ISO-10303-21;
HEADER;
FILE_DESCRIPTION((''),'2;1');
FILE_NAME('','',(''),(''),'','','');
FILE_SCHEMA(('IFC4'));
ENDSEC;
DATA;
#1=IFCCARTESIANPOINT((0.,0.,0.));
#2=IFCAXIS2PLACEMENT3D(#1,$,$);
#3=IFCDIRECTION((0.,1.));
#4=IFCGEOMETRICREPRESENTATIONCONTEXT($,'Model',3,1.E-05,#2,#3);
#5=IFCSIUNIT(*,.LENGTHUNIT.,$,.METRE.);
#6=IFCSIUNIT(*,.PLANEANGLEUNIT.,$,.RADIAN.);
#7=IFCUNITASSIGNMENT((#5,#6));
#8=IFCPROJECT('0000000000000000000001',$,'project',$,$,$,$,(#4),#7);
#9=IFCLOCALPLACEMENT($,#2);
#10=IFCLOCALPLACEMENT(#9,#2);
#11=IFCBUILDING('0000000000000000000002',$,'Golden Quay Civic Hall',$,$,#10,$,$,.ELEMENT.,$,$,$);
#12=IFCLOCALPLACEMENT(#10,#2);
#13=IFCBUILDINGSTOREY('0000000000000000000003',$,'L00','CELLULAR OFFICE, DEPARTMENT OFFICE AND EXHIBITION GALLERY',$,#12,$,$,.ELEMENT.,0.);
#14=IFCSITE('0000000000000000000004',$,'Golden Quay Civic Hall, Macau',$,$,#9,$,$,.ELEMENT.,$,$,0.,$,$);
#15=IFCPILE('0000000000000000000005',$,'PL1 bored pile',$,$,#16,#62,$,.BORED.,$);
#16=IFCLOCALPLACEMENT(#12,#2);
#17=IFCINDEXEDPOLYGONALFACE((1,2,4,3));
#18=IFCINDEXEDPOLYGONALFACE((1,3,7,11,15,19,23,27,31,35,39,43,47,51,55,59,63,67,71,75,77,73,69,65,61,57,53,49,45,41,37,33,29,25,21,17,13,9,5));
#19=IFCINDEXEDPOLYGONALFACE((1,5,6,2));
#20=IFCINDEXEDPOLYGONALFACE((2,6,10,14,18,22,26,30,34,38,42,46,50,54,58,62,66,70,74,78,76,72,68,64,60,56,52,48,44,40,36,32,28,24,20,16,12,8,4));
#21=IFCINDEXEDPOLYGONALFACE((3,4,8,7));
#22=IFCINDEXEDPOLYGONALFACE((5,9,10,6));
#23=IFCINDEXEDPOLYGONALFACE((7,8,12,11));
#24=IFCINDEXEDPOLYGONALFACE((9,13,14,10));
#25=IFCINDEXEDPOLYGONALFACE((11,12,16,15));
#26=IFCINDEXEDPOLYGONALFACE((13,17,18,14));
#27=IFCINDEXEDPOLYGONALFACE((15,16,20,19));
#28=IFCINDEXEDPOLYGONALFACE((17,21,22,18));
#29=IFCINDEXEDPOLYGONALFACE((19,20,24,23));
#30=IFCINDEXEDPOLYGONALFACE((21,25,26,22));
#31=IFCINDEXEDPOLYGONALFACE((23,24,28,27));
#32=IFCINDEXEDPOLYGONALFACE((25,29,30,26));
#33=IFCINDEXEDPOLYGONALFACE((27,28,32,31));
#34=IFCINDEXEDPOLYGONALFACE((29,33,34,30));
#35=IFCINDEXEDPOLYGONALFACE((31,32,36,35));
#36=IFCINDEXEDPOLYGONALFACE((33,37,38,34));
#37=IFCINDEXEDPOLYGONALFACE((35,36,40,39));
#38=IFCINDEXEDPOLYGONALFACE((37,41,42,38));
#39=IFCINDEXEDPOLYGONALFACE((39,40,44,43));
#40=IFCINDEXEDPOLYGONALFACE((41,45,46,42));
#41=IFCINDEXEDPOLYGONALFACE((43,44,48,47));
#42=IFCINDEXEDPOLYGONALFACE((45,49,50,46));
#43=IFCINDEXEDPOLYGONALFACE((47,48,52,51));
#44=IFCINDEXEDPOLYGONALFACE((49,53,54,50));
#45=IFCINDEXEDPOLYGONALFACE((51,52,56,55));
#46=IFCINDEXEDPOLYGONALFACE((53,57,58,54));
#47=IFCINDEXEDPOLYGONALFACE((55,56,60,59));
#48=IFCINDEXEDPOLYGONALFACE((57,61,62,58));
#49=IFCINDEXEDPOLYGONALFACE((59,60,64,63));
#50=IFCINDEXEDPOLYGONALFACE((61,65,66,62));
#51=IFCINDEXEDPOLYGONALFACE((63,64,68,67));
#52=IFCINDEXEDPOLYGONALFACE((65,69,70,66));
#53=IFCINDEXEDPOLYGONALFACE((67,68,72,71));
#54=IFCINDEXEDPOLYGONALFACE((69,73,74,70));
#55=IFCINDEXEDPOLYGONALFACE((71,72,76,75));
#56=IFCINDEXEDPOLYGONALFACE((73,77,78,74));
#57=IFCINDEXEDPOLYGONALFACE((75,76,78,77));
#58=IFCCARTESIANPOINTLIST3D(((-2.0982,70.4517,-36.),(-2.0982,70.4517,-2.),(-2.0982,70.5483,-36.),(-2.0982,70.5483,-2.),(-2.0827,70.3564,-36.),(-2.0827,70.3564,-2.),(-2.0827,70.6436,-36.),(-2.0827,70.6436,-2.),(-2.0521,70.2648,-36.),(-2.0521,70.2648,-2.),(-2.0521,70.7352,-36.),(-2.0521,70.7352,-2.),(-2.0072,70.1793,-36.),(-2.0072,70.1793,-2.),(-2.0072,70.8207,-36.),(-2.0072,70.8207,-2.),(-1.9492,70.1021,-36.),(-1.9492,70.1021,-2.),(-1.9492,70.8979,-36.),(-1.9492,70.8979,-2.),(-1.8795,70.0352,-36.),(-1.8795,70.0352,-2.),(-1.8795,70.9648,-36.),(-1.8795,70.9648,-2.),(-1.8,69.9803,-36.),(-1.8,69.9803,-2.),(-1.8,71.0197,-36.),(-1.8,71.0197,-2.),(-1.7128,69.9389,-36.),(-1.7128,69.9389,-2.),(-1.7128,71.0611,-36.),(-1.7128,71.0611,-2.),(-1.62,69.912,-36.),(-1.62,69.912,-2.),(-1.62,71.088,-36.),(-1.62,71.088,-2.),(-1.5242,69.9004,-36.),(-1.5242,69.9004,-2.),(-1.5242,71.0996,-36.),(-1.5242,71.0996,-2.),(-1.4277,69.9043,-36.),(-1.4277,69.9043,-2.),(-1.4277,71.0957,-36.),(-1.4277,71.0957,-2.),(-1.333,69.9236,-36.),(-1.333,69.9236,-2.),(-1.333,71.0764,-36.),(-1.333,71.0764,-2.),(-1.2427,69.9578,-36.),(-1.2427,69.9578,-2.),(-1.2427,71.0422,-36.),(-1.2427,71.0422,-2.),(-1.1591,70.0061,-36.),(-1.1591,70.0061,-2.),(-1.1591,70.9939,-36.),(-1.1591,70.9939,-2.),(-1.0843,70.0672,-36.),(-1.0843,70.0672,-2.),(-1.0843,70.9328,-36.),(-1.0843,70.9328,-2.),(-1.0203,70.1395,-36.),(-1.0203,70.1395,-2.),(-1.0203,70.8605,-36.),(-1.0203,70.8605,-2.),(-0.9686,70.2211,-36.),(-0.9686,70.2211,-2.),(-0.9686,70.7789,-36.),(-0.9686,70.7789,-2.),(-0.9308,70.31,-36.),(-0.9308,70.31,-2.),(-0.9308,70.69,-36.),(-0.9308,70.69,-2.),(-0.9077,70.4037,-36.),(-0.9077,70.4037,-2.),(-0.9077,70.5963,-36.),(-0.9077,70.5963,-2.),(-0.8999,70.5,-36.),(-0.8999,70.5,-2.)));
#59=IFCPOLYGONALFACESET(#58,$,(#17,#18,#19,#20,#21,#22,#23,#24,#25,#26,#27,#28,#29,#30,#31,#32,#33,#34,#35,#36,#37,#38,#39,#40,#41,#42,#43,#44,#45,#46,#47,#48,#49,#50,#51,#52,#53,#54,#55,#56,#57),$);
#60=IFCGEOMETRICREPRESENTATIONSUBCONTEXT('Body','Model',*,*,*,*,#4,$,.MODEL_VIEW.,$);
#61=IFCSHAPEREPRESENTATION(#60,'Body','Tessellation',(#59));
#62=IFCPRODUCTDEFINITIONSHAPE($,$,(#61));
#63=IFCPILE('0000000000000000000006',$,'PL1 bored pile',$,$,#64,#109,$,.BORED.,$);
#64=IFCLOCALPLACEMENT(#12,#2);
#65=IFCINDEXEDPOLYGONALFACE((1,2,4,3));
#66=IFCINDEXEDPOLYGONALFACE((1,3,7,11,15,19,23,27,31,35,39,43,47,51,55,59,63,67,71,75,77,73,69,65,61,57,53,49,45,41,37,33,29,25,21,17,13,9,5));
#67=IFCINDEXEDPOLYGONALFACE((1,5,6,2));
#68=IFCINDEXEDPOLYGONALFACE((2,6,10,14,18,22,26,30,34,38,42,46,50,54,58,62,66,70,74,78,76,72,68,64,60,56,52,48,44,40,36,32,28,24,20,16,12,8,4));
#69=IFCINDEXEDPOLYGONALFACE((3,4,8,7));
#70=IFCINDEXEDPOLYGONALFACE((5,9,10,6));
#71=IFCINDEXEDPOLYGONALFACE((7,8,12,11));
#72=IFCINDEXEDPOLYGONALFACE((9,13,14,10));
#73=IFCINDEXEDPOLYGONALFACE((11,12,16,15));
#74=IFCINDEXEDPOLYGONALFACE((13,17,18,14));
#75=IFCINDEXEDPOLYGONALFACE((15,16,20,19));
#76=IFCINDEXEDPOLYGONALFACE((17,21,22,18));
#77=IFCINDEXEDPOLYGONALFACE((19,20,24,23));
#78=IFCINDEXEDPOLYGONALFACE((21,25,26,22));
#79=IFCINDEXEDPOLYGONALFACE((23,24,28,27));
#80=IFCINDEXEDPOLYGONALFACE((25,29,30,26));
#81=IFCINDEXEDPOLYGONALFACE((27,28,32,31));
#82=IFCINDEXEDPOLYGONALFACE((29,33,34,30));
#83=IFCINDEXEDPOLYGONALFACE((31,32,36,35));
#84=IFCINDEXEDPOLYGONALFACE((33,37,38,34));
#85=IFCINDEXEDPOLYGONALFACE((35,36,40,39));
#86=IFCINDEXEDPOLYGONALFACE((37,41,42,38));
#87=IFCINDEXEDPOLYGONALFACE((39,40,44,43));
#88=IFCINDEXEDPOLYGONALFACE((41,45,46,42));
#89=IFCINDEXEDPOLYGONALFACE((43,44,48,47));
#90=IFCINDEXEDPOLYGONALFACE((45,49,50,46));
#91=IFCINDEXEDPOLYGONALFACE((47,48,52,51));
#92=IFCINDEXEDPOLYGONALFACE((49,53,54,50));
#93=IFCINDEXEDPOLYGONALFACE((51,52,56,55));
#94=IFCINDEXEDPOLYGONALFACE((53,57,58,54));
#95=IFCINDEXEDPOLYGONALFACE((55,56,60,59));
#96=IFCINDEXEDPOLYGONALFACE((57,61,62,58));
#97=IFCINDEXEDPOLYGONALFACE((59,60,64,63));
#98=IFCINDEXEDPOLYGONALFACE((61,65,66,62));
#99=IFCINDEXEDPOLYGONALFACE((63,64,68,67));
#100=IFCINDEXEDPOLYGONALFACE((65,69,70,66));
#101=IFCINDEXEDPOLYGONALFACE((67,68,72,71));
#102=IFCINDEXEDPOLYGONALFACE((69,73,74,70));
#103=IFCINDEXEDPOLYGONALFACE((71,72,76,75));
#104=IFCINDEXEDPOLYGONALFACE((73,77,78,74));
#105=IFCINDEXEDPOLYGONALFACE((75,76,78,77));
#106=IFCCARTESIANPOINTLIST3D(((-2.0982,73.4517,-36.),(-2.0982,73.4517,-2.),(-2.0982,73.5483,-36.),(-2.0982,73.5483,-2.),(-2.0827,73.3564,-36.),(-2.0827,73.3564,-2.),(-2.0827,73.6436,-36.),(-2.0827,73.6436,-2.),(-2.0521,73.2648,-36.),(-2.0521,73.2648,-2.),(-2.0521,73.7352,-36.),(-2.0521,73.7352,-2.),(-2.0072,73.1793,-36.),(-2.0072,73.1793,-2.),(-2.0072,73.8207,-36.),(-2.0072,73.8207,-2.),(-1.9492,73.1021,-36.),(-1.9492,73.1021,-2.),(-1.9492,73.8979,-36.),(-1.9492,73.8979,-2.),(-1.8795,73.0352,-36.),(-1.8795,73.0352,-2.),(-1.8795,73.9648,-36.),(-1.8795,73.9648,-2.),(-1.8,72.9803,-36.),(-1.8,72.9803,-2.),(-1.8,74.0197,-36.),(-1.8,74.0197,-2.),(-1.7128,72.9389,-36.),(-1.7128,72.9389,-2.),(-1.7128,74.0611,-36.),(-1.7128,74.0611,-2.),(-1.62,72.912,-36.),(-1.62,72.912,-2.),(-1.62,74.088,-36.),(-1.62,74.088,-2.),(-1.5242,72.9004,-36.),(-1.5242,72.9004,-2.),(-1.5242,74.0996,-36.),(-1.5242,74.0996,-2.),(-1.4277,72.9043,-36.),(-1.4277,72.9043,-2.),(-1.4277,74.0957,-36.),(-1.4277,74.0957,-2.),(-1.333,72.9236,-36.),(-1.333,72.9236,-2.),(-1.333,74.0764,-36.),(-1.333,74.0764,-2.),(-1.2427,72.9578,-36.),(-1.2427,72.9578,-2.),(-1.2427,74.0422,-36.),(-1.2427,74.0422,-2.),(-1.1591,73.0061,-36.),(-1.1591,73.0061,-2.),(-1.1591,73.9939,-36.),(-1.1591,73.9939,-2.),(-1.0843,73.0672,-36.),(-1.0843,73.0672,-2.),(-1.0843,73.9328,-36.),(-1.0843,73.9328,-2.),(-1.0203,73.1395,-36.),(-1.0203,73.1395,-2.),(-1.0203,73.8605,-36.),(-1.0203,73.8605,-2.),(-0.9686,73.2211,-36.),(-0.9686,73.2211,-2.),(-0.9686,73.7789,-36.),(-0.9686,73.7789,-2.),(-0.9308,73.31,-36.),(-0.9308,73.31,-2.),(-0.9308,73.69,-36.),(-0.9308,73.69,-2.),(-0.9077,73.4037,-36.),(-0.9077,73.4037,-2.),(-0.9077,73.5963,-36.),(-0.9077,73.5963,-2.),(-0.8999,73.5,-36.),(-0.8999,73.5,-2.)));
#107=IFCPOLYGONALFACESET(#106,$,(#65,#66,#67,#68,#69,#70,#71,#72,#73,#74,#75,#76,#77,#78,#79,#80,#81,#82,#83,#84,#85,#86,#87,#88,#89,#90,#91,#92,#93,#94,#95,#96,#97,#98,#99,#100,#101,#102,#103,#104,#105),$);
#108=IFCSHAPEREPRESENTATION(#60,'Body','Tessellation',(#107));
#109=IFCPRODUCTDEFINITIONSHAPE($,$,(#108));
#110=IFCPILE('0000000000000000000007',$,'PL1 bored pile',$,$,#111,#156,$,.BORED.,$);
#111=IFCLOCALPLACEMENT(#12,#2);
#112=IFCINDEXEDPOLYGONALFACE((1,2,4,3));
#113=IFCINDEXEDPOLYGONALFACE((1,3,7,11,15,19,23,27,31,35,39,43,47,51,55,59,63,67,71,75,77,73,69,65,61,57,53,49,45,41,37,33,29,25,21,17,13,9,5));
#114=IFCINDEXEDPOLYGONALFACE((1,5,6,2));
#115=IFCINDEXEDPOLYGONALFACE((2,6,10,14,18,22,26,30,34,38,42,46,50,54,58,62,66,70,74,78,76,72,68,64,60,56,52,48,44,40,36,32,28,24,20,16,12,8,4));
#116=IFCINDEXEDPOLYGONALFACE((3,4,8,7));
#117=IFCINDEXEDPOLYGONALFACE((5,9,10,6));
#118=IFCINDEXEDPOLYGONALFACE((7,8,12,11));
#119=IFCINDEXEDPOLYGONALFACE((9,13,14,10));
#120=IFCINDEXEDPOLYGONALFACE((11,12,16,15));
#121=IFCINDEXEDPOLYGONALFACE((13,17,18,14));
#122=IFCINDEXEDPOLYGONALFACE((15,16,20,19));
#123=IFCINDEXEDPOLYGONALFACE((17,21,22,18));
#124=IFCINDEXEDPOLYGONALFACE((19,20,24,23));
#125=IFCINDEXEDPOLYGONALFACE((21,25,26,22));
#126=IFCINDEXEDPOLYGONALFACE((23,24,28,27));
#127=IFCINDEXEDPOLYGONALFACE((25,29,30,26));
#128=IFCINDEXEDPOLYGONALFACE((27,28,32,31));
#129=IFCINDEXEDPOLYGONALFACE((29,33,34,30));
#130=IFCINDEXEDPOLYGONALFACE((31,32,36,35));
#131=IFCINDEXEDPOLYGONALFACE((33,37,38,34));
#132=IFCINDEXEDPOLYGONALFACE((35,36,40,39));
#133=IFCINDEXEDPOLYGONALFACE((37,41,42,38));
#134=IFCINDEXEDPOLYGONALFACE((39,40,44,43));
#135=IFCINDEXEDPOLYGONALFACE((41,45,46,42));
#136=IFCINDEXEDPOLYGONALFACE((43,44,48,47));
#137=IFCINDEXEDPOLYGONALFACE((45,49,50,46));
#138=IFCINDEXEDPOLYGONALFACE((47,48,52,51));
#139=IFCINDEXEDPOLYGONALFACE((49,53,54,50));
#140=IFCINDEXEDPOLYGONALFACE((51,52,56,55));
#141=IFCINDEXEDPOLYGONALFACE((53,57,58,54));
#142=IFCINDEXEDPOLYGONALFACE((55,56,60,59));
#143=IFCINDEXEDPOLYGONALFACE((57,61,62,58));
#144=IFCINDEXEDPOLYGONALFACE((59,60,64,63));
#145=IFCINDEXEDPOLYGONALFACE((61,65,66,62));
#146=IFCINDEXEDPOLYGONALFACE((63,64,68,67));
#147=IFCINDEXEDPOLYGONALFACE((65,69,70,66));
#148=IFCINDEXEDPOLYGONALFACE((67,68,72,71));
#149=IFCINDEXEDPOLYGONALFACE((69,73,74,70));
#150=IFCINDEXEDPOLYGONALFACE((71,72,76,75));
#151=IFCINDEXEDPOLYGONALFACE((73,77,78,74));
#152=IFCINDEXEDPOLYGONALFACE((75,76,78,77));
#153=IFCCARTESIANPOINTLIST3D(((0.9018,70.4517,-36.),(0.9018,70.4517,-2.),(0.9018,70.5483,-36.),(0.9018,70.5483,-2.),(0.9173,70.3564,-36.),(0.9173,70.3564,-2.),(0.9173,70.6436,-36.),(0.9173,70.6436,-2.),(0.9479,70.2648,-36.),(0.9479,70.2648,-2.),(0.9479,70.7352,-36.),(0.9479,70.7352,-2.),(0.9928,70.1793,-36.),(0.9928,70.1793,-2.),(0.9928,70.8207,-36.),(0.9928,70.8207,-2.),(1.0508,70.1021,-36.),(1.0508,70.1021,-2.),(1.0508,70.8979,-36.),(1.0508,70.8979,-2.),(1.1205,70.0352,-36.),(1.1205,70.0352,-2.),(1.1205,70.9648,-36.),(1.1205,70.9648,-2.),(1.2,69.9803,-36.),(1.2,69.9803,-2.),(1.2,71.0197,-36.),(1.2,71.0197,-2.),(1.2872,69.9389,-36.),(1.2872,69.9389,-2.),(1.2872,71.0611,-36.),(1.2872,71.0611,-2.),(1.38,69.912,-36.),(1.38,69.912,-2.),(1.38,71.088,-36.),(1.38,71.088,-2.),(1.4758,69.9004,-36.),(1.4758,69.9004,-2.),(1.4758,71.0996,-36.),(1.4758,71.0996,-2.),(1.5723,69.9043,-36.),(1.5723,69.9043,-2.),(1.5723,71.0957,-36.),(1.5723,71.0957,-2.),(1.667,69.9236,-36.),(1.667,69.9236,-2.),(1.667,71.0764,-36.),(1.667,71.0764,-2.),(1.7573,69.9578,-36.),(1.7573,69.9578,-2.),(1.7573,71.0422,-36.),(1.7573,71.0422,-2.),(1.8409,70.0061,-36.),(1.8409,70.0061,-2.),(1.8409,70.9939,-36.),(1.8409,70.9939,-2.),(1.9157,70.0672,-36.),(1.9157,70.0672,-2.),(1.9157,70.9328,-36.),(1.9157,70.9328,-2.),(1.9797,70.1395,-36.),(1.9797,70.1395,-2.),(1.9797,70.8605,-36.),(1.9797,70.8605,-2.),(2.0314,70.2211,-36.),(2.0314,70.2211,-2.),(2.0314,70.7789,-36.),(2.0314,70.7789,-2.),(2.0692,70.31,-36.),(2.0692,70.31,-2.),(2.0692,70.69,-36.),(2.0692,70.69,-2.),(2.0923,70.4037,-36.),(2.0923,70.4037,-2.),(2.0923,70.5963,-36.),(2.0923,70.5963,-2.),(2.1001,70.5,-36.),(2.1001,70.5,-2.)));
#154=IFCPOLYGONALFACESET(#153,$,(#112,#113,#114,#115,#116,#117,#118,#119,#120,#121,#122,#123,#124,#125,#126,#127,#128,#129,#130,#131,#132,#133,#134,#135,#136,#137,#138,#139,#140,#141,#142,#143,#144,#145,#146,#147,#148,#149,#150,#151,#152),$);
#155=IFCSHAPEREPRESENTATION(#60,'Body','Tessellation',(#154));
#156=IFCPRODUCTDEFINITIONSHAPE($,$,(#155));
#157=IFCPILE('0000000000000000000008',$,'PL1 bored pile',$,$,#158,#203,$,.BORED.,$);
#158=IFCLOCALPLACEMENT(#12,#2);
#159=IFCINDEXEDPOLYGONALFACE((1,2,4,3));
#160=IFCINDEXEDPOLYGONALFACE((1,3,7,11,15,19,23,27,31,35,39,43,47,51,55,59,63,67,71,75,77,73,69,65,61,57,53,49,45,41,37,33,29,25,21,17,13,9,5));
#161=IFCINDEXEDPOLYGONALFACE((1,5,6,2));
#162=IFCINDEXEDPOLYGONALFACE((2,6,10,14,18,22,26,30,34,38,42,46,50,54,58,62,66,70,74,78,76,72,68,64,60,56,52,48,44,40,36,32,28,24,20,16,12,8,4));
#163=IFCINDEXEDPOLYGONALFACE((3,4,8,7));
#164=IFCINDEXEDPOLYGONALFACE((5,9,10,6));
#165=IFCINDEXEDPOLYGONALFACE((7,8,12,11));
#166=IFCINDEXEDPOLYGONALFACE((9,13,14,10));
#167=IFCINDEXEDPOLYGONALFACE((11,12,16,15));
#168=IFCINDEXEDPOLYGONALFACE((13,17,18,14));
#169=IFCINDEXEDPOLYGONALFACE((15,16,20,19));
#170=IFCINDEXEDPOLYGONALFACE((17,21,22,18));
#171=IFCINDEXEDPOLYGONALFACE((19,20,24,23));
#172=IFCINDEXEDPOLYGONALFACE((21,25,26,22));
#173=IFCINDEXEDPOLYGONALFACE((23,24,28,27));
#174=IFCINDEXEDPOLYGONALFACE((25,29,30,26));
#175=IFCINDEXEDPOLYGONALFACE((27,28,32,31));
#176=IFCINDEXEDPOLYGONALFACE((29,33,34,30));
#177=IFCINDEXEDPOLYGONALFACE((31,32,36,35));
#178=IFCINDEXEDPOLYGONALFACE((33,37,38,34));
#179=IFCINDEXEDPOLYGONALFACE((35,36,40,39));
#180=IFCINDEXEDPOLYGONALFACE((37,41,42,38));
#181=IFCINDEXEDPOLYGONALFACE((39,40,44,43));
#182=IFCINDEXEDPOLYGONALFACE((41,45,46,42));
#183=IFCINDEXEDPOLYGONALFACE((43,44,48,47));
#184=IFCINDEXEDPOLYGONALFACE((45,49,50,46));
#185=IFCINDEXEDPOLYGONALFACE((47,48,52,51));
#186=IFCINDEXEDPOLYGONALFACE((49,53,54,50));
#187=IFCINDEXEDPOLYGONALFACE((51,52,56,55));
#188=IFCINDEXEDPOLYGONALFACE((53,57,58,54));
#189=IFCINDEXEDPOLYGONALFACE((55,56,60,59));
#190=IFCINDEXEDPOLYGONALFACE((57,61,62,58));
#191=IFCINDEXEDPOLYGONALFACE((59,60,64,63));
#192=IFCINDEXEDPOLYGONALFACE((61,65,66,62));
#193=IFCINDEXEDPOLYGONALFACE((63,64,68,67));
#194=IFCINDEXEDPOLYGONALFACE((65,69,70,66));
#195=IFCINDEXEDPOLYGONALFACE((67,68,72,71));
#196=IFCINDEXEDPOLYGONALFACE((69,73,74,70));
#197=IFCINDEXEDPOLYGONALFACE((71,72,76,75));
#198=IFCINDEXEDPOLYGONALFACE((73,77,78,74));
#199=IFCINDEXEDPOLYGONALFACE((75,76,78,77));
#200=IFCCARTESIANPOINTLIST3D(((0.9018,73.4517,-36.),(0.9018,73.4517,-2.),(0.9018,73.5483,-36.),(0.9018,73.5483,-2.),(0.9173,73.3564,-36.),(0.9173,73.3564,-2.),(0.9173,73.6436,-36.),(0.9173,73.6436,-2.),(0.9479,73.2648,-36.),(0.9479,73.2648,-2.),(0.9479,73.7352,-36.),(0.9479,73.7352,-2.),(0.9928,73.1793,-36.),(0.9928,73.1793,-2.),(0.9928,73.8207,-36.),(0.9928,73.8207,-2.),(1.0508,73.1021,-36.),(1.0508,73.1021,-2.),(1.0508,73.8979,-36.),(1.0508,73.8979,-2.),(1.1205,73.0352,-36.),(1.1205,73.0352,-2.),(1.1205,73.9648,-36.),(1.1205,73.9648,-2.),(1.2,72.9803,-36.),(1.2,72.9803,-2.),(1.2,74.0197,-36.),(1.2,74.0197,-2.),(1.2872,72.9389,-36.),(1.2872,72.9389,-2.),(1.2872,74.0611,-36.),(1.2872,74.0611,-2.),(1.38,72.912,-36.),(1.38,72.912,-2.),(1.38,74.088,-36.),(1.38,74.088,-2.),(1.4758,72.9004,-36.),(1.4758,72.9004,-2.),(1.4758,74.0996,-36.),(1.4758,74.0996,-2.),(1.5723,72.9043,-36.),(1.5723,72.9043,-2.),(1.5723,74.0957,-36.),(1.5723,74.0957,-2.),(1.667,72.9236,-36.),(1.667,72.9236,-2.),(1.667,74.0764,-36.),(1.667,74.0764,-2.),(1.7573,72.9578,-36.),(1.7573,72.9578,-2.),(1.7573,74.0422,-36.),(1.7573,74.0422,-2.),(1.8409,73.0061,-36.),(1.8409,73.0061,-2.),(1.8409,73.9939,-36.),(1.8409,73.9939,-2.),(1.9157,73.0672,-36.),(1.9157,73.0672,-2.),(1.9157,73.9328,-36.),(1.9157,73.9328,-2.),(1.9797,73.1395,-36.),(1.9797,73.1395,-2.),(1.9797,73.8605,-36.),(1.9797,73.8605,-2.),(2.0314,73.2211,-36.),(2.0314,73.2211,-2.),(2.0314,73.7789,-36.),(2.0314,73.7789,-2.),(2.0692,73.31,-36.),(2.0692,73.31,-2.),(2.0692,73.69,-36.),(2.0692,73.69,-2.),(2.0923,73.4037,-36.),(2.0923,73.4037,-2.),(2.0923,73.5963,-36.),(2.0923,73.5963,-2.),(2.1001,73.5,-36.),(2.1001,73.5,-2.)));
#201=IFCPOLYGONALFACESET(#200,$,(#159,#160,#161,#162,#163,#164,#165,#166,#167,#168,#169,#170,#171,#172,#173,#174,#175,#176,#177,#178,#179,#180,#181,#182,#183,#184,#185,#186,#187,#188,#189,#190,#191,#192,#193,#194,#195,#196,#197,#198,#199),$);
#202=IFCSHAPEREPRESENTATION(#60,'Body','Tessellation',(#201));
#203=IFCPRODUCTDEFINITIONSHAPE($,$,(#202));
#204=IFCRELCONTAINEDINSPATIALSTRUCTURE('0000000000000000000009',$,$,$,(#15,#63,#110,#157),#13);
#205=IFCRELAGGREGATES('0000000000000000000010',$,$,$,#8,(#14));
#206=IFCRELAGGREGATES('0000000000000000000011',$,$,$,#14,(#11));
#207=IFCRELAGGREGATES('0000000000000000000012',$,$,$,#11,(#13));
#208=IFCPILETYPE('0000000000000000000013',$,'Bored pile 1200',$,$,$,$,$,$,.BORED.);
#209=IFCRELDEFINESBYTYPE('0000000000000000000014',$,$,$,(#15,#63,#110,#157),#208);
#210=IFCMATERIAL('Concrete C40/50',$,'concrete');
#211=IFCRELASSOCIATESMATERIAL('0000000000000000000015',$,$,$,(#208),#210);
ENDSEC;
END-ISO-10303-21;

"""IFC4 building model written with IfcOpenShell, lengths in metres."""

from ifc_helpers import new_model, si_unit, direction, frame, origin, origin_2d, place, context, subcontext, project, spatial, circle, extrude, material, material_profile, profile_set, type_object, element, save


model = new_model("IFC4")

# Units and contexts
model_context = context("Model", 3, precision=1e-05, world=origin(), true_north=direction((0.0, 1.0)))
body_context = subcontext(model_context, "Body", "Model", "MODEL_VIEW")
ifc_project = project(units=[si_unit("LENGTHUNIT", "METRE"), si_unit("PLANEANGLEUNIT", "RADIAN")], contexts=[model_context])

# Site, building, storey
site_placement = place(None, origin())
site = spatial("IfcSite", under=ifc_project, at=site_placement, Name="Golden Quay Civic Hall, Macau", CompositionType="ELEMENT", RefElevation=0.0)
building_placement = place(site_placement, origin())
building = spatial("IfcBuilding", under=site, at=building_placement, Name="Golden Quay Civic Hall", CompositionType="ELEMENT")
storey_placement = place(building_placement, origin())
storey = spatial("IfcBuildingStorey", under=building, at=storey_placement, Name="L00", Description="CELLULAR OFFICE, DEPARTMENT OFFICE AND EXHIBITION GALLERY", CompositionType="ELEMENT", Elevation=0.0)

# Piles
ifc_material_1 = material(Name="Concrete C40/50", Category="concrete")
ifc_material_profile_1 = material_profile(ifc_material_1, circle(Radius=0.6001, at=origin_2d()), Name="RC D1200")
ifc_profile_set_1 = profile_set([ifc_material_profile_1], Name="Concrete C40/50")
pile_type = type_object("IfcPileType", Name="Bored pile 1200", PredefinedType="BORED", material=ifc_profile_set_1)
for number, where, z_axis, x_axis, name in (
    (1, (-1.5, 70.5, -2.0), (0.0, 0.0, -1.0), (1.0, 0.0, 0.0), "PL1 bored pile"),
    (2, (-1.5, 73.5, -2.0), (0.0, 0.0, -1.0), (1.0, 0.0, 0.0), "PL1 bored pile"),
    (3, (1.5, 70.5, -2.0), (0.0, 0.0, -1.0), (1.0, 0.0, 0.0), "PL1 bored pile"),
    (4, (1.5, 73.5, -2.0), (0.0, 0.0, -1.0), (1.0, 0.0, 0.0), "PL1 bored pile"),
):
    element("IfcPile", number, at=place(storey_placement, frame(where, z_axis=z_axis, x_axis=x_axis)), inside=storey, type_object=pile_type, Name=name, PredefinedType="BORED", context=body_context, shape_type="SweptSolid", body=[
        extrude(circle(Radius=0.6001, at=origin_2d()), origin(), (0.0, 0.0, 1.0), 34.0),
    ])

save(model, "model.ifc")
